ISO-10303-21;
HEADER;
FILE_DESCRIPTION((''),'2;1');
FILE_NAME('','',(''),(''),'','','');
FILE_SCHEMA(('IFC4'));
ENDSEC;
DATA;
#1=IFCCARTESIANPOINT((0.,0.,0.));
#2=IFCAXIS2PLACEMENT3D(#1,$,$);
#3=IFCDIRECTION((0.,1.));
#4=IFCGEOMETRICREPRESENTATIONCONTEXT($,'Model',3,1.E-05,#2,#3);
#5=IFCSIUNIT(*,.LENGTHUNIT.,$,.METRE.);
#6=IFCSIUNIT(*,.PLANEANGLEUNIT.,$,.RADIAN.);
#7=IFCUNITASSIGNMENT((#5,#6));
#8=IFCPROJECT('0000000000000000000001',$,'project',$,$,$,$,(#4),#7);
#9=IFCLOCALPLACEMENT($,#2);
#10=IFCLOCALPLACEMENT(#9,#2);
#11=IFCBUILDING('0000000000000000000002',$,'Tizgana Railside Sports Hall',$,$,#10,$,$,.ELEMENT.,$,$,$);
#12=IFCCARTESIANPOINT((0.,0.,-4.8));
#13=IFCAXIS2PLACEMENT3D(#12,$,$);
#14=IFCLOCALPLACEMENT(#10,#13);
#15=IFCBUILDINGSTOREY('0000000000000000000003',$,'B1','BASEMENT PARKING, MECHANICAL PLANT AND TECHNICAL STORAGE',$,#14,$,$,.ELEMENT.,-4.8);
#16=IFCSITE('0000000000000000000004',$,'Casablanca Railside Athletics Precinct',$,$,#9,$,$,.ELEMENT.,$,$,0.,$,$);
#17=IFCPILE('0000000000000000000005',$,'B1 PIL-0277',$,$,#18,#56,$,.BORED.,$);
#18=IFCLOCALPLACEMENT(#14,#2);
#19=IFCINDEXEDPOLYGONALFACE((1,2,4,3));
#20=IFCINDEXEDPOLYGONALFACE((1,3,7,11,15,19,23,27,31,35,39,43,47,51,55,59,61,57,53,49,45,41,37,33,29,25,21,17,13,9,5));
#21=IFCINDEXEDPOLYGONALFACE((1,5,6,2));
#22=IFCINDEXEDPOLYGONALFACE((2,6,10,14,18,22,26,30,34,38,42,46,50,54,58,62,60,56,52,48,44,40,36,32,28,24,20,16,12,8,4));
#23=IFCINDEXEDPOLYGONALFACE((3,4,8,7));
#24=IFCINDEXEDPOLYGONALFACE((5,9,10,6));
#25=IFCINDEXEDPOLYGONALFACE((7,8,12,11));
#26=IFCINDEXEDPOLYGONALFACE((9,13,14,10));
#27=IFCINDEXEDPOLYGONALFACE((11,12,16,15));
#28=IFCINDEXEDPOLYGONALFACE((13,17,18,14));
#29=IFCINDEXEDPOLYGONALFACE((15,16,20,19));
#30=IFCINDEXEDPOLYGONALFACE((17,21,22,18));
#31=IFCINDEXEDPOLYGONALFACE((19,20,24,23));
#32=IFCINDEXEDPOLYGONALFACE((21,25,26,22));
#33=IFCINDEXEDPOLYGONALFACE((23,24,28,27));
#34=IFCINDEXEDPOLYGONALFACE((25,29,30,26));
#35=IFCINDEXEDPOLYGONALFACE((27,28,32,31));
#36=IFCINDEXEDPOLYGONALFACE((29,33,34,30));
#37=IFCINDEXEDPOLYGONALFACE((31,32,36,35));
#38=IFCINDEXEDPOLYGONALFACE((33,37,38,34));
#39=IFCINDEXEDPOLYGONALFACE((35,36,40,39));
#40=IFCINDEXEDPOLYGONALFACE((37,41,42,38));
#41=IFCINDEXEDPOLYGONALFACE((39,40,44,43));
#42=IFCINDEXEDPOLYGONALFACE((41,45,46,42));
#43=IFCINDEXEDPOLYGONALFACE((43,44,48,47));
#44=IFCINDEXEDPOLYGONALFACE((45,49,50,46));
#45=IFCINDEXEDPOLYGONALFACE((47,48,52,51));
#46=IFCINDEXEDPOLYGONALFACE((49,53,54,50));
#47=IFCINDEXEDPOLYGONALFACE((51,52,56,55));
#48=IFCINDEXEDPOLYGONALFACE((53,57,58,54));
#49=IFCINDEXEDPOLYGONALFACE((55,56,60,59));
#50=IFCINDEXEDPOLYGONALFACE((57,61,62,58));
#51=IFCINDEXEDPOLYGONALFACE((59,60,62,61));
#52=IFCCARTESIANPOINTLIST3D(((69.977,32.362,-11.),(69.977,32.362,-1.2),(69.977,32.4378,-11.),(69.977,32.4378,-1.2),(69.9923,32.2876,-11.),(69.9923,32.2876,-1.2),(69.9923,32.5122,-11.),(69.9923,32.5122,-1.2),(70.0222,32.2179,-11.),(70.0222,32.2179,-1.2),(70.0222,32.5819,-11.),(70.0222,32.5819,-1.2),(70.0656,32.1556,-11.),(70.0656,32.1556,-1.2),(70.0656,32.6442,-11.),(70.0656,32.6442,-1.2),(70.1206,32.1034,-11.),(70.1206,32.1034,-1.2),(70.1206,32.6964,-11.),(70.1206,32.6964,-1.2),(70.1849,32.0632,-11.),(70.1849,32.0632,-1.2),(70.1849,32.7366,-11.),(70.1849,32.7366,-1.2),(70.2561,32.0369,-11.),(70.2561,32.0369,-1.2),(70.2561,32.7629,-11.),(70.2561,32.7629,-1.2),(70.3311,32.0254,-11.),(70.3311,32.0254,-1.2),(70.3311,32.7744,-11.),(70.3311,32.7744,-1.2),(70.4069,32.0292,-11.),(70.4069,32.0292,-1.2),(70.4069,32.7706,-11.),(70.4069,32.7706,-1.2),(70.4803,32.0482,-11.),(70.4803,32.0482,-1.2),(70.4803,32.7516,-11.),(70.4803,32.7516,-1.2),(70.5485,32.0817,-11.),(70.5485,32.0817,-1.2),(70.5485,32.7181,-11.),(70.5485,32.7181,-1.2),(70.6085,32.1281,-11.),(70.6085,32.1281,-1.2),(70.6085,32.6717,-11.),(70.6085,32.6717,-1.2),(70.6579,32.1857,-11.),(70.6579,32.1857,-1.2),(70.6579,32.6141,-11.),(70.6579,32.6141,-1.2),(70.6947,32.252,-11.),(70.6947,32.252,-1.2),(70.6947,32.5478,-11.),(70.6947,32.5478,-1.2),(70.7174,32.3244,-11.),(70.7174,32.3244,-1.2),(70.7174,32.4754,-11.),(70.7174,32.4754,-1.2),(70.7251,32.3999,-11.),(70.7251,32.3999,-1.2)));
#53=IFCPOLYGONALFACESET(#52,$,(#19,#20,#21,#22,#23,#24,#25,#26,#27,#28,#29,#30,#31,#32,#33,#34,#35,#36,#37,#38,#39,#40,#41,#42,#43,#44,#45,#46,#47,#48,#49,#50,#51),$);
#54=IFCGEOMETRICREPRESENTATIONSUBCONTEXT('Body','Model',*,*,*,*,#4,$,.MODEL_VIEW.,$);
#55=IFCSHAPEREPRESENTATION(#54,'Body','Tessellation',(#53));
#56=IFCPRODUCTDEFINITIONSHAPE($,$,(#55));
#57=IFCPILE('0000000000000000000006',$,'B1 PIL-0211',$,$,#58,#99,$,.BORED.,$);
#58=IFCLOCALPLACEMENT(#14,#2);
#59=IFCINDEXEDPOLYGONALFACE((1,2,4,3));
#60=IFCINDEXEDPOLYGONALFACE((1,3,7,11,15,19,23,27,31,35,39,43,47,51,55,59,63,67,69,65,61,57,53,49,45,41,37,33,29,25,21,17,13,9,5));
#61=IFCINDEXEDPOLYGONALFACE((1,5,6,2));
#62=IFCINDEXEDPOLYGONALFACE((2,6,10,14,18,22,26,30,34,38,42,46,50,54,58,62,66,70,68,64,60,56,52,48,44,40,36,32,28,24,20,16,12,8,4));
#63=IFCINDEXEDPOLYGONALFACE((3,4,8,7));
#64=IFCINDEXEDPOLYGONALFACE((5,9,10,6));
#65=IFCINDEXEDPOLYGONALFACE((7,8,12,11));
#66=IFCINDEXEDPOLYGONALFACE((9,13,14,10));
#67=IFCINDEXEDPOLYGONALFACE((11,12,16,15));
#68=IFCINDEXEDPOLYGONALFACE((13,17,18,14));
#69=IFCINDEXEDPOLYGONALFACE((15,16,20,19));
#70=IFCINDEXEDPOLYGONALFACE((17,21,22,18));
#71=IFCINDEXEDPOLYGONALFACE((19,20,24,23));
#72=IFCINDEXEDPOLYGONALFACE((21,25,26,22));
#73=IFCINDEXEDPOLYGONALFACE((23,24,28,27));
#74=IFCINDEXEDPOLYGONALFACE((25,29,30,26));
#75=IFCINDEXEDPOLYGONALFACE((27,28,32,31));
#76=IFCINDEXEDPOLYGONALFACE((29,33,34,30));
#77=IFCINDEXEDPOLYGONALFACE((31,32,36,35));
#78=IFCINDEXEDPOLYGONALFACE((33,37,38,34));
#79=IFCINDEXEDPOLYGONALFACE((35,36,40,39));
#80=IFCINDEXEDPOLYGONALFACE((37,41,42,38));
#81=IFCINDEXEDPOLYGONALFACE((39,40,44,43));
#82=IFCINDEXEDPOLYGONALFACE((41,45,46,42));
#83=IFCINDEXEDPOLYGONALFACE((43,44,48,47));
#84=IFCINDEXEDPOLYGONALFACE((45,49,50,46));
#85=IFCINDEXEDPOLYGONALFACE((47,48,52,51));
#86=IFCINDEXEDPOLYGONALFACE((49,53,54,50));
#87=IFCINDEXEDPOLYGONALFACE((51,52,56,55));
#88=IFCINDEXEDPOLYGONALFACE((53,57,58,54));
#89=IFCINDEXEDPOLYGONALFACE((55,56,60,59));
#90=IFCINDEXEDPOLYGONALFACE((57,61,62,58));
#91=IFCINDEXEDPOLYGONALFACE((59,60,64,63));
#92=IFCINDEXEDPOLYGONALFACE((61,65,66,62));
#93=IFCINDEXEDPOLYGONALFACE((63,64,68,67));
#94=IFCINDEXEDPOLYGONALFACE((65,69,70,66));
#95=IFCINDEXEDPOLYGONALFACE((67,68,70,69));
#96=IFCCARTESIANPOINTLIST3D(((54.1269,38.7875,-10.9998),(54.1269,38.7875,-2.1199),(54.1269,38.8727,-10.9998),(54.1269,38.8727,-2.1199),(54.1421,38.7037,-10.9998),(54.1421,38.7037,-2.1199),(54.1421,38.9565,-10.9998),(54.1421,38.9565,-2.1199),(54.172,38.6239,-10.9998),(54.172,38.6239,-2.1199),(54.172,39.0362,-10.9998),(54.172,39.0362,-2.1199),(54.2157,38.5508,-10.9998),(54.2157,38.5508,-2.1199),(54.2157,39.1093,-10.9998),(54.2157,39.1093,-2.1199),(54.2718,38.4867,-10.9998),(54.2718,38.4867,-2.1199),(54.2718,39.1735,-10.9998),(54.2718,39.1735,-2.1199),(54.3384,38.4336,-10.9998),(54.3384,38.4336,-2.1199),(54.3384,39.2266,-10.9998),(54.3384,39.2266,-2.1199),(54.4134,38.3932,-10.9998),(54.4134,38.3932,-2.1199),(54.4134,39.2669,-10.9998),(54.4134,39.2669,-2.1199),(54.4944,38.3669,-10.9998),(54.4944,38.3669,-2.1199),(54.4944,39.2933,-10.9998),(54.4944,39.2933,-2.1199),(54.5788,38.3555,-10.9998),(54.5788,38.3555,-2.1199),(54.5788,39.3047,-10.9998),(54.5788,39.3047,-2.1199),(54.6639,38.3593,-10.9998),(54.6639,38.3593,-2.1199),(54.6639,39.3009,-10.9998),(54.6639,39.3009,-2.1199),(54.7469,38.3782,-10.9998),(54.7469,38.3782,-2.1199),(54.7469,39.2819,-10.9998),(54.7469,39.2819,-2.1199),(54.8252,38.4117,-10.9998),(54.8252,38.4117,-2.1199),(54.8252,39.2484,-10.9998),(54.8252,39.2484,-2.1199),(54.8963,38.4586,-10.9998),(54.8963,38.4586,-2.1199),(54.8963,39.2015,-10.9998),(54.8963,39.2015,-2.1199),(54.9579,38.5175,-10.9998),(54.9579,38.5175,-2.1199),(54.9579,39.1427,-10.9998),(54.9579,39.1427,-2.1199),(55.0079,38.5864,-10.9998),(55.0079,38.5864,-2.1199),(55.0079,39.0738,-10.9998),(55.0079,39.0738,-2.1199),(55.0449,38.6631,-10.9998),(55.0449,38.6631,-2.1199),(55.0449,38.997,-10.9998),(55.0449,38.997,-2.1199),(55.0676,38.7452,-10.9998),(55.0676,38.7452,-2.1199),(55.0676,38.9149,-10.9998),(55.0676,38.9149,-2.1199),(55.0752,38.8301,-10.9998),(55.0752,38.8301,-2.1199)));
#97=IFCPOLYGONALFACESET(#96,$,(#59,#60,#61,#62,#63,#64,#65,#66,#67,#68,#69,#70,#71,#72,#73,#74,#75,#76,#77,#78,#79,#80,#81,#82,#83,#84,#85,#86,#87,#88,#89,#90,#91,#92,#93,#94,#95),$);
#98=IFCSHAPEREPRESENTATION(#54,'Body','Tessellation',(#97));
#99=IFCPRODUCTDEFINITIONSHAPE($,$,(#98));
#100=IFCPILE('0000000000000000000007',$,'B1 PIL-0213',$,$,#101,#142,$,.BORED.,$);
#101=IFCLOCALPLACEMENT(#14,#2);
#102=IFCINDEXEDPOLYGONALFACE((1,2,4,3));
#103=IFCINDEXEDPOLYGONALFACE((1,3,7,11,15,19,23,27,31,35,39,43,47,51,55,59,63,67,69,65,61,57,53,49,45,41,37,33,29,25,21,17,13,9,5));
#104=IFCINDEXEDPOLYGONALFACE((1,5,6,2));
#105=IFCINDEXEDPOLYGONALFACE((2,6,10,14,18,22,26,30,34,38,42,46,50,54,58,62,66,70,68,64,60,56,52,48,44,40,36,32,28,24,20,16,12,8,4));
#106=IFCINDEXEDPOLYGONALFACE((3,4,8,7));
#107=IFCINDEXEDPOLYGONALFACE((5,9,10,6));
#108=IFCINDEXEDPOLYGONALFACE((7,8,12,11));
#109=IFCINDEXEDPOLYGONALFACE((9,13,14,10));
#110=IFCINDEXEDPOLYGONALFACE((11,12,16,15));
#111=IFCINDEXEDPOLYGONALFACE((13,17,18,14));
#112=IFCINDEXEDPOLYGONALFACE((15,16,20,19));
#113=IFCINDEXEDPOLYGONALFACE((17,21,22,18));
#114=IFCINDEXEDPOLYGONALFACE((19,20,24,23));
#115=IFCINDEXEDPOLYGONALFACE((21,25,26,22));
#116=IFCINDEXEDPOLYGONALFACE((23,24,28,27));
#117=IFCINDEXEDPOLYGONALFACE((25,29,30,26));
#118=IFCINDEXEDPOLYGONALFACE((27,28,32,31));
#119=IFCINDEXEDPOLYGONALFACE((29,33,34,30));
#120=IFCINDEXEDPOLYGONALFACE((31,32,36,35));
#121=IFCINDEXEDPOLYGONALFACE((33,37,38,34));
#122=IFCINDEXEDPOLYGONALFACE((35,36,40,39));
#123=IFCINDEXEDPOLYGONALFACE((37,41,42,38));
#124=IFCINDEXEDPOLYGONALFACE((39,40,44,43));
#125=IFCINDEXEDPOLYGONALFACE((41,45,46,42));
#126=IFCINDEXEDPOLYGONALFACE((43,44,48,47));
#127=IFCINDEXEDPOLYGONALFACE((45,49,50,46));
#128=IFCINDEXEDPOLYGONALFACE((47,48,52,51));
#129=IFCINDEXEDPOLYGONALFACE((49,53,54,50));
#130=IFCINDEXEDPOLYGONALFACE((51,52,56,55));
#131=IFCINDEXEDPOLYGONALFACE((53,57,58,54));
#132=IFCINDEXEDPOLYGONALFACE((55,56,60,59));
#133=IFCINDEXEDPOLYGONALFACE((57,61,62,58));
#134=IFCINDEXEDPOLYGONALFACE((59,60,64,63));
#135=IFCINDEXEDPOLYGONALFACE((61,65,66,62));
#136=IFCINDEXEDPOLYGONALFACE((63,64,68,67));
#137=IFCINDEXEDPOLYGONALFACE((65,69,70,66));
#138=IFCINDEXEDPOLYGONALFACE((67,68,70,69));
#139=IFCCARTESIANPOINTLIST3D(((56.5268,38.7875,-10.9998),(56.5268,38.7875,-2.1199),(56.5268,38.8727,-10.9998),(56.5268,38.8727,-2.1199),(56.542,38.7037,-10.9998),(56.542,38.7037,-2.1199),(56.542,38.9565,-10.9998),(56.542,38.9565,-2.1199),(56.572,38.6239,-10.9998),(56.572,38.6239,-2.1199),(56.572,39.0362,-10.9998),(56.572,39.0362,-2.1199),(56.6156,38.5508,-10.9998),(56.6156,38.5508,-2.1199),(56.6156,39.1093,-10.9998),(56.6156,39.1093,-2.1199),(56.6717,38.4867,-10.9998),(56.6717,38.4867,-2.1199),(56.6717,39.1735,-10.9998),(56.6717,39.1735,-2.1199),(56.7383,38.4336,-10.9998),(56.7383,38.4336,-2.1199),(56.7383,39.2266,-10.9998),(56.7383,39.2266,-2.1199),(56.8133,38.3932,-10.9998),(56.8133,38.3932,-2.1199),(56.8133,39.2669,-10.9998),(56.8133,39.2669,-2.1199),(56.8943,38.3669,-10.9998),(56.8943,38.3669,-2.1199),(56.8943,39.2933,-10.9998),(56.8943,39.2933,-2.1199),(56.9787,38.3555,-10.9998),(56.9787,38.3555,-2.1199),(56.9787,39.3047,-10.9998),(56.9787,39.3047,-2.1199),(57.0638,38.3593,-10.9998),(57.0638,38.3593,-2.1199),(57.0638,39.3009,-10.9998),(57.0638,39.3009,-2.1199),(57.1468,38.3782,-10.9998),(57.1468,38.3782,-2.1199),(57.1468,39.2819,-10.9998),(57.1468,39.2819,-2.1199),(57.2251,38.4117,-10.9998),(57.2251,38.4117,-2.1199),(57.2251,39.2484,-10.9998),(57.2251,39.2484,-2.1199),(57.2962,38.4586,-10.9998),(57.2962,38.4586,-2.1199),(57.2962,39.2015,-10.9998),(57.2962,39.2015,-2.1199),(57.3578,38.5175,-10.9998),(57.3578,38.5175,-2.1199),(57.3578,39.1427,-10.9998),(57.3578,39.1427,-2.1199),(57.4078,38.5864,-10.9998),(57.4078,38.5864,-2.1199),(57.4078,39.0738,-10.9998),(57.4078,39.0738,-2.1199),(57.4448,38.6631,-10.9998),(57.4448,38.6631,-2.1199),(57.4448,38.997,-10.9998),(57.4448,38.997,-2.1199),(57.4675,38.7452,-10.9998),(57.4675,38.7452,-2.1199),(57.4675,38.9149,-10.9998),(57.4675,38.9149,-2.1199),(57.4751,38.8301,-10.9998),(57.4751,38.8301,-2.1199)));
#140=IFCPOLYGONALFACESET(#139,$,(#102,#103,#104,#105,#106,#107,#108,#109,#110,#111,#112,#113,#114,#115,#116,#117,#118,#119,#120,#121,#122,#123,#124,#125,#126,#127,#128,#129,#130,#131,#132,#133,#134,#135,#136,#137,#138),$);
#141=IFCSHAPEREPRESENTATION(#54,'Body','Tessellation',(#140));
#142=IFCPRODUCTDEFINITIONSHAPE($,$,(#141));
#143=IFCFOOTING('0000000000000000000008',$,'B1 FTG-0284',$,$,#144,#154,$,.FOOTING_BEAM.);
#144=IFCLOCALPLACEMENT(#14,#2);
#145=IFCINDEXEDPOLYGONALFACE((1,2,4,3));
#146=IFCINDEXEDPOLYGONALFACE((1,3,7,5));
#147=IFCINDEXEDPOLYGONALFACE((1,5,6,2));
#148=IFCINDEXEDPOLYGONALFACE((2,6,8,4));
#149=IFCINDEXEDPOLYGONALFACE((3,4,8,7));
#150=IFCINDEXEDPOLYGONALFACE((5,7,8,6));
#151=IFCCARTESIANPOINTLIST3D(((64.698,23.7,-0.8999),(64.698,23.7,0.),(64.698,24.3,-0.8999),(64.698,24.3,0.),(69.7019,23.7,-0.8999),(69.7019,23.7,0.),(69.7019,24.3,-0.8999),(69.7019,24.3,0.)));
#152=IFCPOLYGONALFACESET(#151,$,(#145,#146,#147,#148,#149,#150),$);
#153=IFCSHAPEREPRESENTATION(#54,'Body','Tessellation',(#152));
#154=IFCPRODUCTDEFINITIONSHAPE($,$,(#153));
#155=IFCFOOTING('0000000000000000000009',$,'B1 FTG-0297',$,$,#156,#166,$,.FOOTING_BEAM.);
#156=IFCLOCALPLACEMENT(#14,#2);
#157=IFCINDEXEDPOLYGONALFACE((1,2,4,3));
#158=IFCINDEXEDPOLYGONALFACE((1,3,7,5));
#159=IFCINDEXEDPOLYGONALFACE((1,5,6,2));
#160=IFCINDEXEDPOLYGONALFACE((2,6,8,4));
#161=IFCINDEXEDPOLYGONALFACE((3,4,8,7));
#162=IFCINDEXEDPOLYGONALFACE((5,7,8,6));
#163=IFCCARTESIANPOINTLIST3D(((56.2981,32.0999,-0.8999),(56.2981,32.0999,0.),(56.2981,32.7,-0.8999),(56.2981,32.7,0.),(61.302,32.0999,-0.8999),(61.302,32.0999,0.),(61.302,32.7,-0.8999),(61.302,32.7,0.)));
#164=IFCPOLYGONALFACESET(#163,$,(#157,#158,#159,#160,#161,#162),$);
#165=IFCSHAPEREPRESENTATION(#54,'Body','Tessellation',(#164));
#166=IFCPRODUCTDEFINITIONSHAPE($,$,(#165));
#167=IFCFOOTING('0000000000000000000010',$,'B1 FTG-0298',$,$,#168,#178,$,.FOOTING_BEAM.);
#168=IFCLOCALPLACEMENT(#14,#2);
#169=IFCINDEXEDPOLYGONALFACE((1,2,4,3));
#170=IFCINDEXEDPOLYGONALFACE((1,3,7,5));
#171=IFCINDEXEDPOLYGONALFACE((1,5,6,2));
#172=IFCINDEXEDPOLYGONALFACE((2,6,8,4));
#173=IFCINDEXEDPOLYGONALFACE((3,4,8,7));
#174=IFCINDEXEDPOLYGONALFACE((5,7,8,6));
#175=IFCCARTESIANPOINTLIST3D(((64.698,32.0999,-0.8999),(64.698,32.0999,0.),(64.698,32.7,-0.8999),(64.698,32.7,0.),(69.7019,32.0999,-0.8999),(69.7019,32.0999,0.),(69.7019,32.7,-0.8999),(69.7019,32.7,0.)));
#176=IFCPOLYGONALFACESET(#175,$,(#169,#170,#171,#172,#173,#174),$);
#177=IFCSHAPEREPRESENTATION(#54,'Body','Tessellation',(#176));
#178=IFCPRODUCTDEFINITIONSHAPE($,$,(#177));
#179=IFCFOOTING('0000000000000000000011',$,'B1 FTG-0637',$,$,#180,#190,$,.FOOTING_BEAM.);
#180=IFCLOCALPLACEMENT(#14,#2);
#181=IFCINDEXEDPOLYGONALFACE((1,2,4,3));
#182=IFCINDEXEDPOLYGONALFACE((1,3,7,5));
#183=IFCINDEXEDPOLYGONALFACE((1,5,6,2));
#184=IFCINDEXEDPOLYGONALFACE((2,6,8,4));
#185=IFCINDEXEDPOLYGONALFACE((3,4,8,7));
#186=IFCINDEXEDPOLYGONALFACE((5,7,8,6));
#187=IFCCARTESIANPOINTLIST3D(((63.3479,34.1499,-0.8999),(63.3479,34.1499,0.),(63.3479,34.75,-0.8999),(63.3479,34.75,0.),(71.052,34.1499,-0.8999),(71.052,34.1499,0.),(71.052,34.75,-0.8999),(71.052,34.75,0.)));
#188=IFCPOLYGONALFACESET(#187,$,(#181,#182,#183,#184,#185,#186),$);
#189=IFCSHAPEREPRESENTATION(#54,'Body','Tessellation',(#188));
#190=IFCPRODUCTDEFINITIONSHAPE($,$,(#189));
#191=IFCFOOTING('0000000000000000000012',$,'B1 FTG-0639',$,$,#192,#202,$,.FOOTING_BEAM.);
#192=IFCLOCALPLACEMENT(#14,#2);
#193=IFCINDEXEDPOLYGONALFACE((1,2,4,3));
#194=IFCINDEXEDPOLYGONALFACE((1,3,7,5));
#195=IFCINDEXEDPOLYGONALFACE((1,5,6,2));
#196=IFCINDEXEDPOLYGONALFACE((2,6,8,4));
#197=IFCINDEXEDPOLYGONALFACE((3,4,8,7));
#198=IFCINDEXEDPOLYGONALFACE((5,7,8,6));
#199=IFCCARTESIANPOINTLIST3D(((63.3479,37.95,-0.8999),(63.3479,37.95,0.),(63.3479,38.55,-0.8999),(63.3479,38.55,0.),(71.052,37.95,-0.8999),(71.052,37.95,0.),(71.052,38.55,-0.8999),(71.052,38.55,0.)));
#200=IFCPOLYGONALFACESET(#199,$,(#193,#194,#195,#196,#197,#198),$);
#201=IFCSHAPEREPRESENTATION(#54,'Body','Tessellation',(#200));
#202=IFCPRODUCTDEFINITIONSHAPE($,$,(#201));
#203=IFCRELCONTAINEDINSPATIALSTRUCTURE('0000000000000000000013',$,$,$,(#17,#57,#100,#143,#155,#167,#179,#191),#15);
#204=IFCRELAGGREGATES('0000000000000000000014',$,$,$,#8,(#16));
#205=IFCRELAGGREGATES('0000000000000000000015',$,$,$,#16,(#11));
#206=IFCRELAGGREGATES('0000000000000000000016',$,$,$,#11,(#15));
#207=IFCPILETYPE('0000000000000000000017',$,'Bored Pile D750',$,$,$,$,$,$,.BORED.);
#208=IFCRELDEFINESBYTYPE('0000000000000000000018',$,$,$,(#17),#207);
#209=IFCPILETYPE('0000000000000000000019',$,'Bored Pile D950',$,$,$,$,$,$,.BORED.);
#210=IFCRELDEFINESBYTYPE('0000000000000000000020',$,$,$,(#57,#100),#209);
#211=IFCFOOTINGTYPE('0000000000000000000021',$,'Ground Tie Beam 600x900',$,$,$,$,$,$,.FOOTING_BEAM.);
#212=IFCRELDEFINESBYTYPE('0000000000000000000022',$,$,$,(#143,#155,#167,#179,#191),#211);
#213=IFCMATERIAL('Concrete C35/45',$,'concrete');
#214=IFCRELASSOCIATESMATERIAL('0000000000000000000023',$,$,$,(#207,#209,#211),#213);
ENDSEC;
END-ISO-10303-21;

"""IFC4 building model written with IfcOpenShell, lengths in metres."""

from ifc_helpers import new_model, si_unit, direction, frame, origin, origin_2d, place, context, subcontext, project, spatial, rectangle, circle, extrude, material, material_profile, profile_set, type_object, element, save


model = new_model("IFC4")

# Units and contexts
model_context = context("Model", 3, precision=1e-05, world=origin(), true_north=direction((0.0, 1.0)))
body_context = subcontext(model_context, "Body", "Model", "MODEL_VIEW")
ifc_project = project(units=[si_unit("LENGTHUNIT", "METRE"), si_unit("PLANEANGLEUNIT", "RADIAN")], contexts=[model_context])

# Site, building, storey
site_placement = place(None, origin())
site = spatial("IfcSite", under=ifc_project, at=site_placement, Name="Casablanca Railside Athletics Precinct", CompositionType="ELEMENT", RefElevation=0.0)
building_placement = place(site_placement, origin())
building = spatial("IfcBuilding", under=site, at=building_placement, Name="Tizgana Railside Sports Hall", CompositionType="ELEMENT")
storey_placement = place(building_placement, frame((0.0, 0.0, -4.8)))
storey = spatial("IfcBuildingStorey", under=building, at=storey_placement, Name="B1", Description="BASEMENT PARKING, MECHANICAL PLANT AND TECHNICAL STORAGE", CompositionType="ELEMENT", Elevation=-4.8)

# Piles
ifc_material_1 = material(Name="Concrete C35/45", Category="concrete")
ifc_material_profile_1 = material_profile(ifc_material_1, circle(Radius=0.375, at=origin_2d()), Name="PILE D750")
ifc_profile_set_1 = profile_set([ifc_material_profile_1], Name="Concrete C35/45")
pile_type_1 = type_object("IfcPileType", Name="Bored Pile D750", PredefinedType="BORED", material=ifc_profile_set_1)
for number, where, z_axis, x_axis, name in (
    (1, (70.3501, 32.3999, -1.2), (0.0, 0.0, -1.0), (1.0, 0.0, 0.0), "B1 PIL-0277"),
):
    element("IfcPile", number, at=place(storey_placement, frame(where, z_axis=z_axis, x_axis=x_axis)), inside=storey, type_object=pile_type_1, Name=name, PredefinedType="BORED", context=body_context, shape_type="SweptSolid", body=[
        extrude(circle(Radius=0.375, at=origin_2d()), origin(), (0.0, 0.0, 1.0), 9.8),
    ])
ifc_material_profile_2 = material_profile(ifc_material_1, circle(Radius=0.4751, at=origin_2d()), Name="PILE D950")
ifc_profile_set_2 = profile_set([ifc_material_profile_2], Name="Concrete C35/45")
pile_type_2 = type_object("IfcPileType", Name="Bored Pile D950", PredefinedType="BORED", material=ifc_profile_set_2)
for number, where, z_axis, x_axis, name in (
    (2, (54.6001, 38.8301, -2.1199), (0.0, 0.0, -1.0), (1.0, 0.0, 0.0), "B1 PIL-0211"),
    (3, (57.0, 38.8301, -2.1199), (0.0, 0.0, -1.0), (1.0, 0.0, 0.0), "B1 PIL-0213"),
):
    element("IfcPile", number, at=place(storey_placement, frame(where, z_axis=z_axis, x_axis=x_axis)), inside=storey, type_object=pile_type_2, Name=name, PredefinedType="BORED", context=body_context, shape_type="SweptSolid", body=[
        extrude(circle(Radius=0.4751, at=origin_2d()), origin(), (0.0, 0.0, 1.0), 8.8799),
    ])

# Footings
footing_type_1 = type_object("IfcFootingType", Name="Ground Tie Beam 600x900", PredefinedType="FOOTING_BEAM", material=ifc_material_1)
for number, where, z_axis, x_axis, name in (
    (4, (67.2, 24.0, -0.8999), (0.0, 0.0, 1.0), (1.0, 0.0, 0.0), "B1 FTG-0284"),
    (5, (58.8, 32.3999, -0.8999), (0.0, 0.0, 1.0), (1.0, 0.0, 0.0), "B1 FTG-0297"),
    (6, (67.2, 32.3999, -0.8999), (0.0, 0.0, 1.0), (1.0, 0.0, 0.0), "B1 FTG-0298"),
):
    element("IfcFooting", number, at=place(storey_placement, frame(where, z_axis=z_axis, x_axis=x_axis)), inside=storey, type_object=footing_type_1, Name=name, PredefinedType="FOOTING_BEAM", context=body_context, shape_type="SweptSolid", body=[
        extrude(rectangle(XDim=5.0039, YDim=0.6001, at=origin_2d()), origin(), (0.0, 0.0, 1.0), 0.8999),
    ])
for number, where, z_axis, x_axis, name in (
    (7, (67.2, 34.45, -0.8999), (0.0, 0.0, 1.0), (1.0, 0.0, 0.0), "B1 FTG-0637"),
    (8, (67.2, 38.25, -0.8999), (0.0, 0.0, 1.0), (1.0, 0.0, 0.0), "B1 FTG-0639"),
):
    element("IfcFooting", number, at=place(storey_placement, frame(where, z_axis=z_axis, x_axis=x_axis)), inside=storey, type_object=footing_type_1, Name=name, PredefinedType="FOOTING_BEAM", context=body_context, shape_type="SweptSolid", body=[
        extrude(rectangle(XDim=7.7041, YDim=0.6001, at=origin_2d()), origin(), (0.0, 0.0, 1.0), 0.8999),
    ])

save(model, "model.ifc")
